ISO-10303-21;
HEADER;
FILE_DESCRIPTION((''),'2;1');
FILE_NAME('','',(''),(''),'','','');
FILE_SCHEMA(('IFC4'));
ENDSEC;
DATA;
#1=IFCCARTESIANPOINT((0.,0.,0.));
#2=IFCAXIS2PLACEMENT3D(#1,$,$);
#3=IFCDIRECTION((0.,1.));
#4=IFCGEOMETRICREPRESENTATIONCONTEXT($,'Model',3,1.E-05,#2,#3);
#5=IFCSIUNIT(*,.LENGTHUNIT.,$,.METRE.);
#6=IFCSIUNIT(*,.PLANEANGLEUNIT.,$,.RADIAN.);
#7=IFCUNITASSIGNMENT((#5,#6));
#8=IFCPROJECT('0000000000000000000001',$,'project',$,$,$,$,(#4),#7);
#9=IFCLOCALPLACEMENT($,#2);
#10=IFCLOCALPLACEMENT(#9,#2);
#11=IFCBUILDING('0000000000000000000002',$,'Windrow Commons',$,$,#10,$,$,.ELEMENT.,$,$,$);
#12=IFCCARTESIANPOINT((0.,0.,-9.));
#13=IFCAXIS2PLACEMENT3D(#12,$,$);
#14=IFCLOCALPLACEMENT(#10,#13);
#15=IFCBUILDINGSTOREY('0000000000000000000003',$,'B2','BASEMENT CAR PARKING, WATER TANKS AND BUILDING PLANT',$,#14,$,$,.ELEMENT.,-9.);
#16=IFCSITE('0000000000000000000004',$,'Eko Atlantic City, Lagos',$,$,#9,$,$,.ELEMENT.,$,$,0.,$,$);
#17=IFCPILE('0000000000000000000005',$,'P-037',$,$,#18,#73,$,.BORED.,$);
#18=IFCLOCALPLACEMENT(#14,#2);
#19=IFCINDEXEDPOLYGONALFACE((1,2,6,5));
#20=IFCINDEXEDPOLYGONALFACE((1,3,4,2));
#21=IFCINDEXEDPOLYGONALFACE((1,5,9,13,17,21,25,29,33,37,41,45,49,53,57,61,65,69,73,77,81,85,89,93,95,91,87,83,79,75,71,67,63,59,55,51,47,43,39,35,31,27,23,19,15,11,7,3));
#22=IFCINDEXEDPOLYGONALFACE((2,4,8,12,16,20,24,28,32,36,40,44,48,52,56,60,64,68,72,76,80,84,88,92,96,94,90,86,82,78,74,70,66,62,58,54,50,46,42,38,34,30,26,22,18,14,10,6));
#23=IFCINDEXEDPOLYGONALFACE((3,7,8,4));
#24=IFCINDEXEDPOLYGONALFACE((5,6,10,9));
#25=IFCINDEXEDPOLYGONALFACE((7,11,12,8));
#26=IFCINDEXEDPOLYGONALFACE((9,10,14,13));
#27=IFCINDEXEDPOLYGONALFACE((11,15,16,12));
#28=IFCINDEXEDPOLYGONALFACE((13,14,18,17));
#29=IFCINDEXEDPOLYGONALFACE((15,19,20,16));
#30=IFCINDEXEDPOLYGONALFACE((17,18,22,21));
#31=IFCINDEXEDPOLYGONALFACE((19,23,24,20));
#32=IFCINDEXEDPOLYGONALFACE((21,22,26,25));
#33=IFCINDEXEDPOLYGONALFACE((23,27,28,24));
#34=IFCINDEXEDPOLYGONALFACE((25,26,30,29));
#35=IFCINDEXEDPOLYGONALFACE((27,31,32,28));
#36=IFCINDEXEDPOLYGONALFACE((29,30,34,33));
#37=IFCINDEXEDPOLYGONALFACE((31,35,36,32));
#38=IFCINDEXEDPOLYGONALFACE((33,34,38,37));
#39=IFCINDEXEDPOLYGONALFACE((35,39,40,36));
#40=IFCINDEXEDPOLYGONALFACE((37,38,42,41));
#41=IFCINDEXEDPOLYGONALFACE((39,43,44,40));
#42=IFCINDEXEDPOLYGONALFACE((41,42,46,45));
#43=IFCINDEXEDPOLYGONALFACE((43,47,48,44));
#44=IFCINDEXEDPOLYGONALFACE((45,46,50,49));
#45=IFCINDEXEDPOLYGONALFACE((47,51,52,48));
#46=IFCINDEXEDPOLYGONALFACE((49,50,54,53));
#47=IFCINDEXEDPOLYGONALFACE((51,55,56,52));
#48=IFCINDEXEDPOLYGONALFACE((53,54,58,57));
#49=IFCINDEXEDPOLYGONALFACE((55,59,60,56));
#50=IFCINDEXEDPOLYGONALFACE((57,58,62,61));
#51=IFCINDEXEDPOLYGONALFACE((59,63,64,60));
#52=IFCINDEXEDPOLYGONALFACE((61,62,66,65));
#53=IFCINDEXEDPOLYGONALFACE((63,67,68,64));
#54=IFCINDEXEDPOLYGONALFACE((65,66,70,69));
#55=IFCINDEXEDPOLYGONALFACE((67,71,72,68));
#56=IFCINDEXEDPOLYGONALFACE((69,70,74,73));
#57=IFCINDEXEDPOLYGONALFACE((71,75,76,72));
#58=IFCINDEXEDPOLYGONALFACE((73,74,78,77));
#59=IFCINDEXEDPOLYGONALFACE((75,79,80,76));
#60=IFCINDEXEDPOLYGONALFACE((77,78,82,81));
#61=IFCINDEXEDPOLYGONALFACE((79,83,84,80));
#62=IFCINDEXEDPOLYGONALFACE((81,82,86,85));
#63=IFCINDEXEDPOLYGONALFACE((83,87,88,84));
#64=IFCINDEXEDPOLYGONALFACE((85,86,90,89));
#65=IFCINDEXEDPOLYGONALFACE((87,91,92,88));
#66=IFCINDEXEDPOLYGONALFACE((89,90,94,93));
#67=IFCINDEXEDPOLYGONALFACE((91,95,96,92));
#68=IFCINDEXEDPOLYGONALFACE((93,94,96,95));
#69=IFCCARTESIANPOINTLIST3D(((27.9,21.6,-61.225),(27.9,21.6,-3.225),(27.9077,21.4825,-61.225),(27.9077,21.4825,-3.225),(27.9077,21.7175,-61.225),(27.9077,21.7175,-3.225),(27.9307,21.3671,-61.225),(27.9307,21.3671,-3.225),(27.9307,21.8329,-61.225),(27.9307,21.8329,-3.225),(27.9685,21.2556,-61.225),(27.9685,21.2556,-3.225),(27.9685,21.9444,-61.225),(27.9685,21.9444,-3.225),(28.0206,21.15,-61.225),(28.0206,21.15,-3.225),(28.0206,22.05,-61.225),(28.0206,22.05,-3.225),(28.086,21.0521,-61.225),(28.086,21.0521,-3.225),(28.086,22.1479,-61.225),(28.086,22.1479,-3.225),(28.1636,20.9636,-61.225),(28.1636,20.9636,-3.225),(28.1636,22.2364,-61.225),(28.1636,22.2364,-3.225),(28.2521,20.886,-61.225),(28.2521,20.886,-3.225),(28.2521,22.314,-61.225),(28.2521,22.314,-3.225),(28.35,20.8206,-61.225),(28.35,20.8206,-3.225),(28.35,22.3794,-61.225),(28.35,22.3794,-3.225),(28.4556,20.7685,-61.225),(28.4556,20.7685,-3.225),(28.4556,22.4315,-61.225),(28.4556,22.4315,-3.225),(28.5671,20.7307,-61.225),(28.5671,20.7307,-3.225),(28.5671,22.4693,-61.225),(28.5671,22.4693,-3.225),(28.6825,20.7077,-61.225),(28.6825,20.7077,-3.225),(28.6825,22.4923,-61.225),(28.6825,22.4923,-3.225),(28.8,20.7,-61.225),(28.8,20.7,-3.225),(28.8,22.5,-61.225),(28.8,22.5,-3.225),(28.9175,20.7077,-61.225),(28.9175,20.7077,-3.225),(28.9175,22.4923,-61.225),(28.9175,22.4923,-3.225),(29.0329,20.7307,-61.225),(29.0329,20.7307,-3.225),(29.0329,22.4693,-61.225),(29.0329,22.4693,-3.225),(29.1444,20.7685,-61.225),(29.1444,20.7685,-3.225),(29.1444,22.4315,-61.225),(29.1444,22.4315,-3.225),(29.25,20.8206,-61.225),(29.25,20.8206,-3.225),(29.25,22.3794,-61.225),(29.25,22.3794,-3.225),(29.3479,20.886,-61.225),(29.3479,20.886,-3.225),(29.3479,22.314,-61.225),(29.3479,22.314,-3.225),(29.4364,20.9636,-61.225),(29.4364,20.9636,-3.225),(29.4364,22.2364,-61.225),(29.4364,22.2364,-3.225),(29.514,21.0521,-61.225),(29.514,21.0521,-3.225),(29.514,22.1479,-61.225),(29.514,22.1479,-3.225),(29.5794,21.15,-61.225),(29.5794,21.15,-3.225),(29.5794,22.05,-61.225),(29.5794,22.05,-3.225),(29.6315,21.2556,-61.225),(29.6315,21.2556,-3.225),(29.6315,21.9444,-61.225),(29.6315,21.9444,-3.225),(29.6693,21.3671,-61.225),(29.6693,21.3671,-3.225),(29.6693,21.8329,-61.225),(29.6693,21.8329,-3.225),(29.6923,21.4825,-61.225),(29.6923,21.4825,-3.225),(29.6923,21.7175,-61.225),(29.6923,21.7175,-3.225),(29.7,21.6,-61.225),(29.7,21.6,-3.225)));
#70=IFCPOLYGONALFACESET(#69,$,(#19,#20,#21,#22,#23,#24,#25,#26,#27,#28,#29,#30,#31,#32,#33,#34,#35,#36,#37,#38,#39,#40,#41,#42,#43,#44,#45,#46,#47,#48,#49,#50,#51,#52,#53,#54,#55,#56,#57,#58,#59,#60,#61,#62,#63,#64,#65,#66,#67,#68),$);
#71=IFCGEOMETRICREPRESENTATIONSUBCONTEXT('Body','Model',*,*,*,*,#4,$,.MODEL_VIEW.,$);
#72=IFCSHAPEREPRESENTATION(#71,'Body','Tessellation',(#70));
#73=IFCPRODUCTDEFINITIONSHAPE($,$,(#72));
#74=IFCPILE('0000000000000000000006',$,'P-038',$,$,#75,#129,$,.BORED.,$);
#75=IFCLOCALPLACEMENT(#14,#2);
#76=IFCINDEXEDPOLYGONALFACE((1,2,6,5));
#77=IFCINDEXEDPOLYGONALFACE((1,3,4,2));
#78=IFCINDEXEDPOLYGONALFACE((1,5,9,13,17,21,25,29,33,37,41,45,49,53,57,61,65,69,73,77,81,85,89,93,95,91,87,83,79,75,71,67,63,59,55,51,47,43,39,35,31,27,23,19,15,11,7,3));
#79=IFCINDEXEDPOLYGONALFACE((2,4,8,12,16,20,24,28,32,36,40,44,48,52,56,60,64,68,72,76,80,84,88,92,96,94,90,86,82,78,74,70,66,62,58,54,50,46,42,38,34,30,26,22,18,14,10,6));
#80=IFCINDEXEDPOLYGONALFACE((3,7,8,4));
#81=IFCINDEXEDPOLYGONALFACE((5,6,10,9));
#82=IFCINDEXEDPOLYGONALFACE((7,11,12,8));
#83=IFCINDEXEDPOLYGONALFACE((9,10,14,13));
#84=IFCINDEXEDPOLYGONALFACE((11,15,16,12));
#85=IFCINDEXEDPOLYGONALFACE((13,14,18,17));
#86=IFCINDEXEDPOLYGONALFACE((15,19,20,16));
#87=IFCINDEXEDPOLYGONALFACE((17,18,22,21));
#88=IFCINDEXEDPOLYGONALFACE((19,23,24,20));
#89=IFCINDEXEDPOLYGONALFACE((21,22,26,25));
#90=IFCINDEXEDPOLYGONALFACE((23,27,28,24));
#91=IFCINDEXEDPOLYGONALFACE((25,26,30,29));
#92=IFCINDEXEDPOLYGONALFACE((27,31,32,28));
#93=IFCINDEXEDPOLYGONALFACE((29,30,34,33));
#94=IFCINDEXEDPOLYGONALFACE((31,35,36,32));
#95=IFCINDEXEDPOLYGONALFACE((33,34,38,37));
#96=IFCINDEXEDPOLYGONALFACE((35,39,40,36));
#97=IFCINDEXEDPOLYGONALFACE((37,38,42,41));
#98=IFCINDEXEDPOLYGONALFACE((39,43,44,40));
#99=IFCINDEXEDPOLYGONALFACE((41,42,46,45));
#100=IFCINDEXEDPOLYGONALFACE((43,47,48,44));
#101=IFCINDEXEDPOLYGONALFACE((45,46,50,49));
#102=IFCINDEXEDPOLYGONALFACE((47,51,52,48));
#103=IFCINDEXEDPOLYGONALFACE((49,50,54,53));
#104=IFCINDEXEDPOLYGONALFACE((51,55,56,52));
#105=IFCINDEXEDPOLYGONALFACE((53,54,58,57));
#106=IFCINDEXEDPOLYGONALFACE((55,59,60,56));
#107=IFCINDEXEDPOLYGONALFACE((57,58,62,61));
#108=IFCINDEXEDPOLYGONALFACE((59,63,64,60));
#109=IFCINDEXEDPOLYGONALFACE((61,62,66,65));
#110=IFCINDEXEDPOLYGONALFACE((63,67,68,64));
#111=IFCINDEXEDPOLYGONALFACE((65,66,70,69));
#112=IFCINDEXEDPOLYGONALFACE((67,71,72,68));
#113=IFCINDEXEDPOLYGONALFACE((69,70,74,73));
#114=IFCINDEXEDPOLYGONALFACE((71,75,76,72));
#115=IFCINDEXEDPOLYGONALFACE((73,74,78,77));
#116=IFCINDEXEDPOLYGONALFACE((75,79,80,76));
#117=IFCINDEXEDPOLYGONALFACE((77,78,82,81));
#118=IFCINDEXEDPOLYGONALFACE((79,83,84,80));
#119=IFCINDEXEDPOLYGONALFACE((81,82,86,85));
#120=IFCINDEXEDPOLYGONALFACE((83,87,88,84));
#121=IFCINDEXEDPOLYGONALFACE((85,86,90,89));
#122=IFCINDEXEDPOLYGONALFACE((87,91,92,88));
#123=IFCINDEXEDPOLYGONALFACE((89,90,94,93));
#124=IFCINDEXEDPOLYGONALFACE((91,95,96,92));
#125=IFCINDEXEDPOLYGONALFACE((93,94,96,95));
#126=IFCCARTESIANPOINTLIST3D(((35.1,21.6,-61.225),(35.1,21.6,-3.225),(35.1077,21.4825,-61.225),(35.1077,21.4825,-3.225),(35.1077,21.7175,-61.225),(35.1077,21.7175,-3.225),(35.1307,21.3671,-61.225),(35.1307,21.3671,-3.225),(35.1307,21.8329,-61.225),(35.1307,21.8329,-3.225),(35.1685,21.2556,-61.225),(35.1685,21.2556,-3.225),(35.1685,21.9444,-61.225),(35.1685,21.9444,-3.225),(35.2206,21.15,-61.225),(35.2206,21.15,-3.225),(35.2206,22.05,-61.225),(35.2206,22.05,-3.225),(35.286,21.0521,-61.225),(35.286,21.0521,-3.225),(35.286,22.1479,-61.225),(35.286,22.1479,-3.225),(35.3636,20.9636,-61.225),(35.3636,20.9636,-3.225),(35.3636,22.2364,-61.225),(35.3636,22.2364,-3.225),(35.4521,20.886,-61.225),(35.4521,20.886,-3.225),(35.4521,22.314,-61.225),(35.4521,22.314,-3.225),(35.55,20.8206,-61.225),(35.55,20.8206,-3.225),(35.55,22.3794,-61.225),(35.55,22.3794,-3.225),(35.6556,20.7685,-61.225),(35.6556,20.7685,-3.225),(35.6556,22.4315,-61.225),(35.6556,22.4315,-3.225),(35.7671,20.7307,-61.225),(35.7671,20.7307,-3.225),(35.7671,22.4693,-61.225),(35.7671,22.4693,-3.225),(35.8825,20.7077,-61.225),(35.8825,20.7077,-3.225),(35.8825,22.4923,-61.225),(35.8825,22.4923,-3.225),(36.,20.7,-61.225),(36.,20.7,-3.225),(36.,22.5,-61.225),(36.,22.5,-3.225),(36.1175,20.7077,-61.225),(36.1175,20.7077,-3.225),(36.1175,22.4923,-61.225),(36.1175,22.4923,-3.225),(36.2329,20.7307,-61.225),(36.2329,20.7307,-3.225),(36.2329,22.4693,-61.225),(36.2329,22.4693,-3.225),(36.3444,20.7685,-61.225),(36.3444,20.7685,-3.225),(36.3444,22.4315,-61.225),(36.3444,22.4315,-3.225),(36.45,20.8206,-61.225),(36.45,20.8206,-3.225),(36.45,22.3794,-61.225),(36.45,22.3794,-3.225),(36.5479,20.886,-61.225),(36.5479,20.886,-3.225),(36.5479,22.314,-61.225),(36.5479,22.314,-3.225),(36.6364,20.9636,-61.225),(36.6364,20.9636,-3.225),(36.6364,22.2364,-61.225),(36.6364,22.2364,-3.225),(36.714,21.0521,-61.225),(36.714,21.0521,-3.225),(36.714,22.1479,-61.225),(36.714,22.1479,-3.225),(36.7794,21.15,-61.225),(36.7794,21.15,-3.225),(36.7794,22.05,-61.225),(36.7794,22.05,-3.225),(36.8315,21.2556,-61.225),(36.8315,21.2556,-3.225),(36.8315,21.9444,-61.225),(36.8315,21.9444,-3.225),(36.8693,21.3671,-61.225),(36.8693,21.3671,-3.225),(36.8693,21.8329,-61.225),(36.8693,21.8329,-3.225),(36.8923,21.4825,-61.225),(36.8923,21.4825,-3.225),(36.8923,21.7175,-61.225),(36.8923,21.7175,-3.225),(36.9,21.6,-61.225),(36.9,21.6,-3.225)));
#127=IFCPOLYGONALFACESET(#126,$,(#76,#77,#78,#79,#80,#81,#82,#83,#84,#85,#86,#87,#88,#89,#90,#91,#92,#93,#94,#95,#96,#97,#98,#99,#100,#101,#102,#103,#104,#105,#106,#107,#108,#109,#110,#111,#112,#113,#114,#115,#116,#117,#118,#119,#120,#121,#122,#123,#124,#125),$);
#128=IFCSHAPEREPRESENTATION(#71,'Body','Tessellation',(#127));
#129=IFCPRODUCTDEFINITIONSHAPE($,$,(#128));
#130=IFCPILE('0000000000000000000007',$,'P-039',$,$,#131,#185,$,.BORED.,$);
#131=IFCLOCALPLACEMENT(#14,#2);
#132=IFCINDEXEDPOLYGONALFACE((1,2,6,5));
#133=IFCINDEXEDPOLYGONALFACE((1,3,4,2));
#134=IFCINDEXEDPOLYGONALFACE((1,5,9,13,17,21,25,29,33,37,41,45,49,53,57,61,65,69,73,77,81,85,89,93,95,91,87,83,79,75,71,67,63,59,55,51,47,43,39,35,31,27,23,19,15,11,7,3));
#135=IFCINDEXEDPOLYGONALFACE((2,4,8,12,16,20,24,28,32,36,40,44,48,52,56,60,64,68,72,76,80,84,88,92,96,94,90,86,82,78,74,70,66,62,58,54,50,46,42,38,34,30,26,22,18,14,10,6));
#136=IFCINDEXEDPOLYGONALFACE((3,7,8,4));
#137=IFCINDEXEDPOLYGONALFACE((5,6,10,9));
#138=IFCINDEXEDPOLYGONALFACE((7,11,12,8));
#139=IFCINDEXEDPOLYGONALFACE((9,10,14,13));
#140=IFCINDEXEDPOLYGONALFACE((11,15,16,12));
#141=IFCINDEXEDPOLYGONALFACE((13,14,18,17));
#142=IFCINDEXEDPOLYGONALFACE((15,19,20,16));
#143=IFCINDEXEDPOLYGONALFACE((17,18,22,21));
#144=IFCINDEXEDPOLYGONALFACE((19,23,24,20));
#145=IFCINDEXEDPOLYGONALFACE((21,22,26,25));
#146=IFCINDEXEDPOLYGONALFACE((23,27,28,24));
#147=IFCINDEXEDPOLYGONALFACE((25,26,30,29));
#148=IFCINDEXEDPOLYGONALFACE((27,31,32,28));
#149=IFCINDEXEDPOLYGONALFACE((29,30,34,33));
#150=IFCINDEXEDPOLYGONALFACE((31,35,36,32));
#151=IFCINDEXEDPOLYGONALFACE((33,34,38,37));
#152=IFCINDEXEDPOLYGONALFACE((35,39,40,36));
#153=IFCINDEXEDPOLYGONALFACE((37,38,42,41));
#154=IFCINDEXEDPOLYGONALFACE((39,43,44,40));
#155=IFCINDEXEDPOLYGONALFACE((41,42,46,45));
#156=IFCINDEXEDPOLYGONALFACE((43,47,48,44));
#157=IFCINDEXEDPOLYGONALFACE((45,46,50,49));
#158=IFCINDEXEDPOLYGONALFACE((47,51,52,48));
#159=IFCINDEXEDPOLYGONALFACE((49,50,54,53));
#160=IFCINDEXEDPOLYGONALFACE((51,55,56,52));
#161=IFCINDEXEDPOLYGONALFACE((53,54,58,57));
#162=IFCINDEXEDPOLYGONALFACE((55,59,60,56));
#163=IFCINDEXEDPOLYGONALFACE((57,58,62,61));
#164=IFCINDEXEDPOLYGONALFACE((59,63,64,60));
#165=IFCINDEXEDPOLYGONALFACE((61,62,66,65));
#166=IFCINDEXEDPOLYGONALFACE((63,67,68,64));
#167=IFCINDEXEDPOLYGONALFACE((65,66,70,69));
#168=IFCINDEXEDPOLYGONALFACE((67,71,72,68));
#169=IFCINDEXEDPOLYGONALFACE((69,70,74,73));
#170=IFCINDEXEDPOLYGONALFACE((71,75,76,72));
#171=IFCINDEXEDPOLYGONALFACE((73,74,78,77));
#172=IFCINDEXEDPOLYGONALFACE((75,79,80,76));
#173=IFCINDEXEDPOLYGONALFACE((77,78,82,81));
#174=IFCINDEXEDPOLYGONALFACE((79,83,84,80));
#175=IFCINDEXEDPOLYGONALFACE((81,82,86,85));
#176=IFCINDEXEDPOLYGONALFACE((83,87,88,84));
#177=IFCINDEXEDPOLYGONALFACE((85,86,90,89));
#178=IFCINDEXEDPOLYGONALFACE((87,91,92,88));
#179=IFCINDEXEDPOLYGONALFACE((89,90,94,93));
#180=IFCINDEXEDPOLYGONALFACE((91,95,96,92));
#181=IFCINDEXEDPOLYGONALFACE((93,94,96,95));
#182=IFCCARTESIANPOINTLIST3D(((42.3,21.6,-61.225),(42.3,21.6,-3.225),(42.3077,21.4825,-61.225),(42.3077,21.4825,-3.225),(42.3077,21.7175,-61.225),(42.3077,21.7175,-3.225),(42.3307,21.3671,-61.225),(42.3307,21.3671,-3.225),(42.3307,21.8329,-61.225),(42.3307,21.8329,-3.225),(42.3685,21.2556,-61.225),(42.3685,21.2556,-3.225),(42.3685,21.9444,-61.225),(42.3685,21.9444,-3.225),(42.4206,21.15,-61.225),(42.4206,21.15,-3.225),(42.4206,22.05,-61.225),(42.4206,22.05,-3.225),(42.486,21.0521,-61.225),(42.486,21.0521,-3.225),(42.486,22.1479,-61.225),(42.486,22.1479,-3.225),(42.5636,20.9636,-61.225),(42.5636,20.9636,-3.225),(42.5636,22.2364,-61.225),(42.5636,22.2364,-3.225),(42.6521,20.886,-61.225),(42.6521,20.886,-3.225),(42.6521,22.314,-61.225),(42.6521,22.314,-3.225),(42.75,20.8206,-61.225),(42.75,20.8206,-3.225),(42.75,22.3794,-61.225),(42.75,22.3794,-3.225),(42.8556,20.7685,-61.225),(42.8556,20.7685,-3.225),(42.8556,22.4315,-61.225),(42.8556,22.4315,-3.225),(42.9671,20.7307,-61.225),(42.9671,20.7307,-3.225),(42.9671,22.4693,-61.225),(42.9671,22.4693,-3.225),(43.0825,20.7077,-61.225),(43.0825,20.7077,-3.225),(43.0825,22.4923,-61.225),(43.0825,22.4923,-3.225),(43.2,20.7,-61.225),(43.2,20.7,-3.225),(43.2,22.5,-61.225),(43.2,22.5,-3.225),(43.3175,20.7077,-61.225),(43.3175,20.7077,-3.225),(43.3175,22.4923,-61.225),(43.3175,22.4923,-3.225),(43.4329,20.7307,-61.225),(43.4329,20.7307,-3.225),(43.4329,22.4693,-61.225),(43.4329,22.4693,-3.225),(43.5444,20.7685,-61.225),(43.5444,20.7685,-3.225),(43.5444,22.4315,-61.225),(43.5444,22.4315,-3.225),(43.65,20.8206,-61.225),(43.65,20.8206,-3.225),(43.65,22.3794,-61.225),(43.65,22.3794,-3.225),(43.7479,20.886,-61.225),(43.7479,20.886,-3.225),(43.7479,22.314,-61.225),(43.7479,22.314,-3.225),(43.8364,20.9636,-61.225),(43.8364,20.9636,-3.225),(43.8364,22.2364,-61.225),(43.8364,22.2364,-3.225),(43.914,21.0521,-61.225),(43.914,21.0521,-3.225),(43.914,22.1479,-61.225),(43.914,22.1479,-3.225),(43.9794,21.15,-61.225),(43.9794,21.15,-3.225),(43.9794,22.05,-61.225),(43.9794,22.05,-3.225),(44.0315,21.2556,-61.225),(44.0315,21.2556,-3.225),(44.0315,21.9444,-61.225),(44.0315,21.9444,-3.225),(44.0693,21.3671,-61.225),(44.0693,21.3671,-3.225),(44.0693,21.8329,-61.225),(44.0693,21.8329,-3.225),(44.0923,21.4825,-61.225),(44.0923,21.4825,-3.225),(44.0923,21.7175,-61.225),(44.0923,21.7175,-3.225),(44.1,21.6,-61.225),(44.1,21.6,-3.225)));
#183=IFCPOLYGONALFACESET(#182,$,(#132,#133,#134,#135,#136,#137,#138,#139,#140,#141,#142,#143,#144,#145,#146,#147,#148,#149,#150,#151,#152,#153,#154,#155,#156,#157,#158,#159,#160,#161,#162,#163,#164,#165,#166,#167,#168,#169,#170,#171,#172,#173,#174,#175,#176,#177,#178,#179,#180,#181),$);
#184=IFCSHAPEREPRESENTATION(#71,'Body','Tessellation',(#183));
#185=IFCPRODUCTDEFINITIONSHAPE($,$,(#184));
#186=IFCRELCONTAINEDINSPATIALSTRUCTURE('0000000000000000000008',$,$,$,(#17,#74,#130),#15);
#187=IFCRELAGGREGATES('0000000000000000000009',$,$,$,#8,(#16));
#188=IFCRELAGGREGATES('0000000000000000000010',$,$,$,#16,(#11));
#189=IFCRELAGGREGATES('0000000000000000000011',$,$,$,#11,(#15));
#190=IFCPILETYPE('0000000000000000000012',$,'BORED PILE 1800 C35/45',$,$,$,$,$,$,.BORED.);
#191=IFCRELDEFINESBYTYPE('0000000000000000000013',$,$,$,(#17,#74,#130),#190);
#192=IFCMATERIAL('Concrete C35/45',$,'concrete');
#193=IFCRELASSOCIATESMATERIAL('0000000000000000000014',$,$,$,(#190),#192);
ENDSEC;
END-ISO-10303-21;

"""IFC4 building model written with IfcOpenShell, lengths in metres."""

from ifc_helpers import new_model, si_unit, direction, frame, origin, origin_2d, place, context, subcontext, project, spatial, circle, extrude, material, material_profile, profile_set, type_object, element, save


model = new_model("IFC4")

# Units and contexts
model_context = context("Model", 3, precision=1e-05, world=origin(), true_north=direction((0.0, 1.0)))
body_context = subcontext(model_context, "Body", "Model", "MODEL_VIEW")
ifc_project = project(units=[si_unit("LENGTHUNIT", "METRE"), si_unit("PLANEANGLEUNIT", "RADIAN")], contexts=[model_context])

# Site, building, storey
site_placement = place(None, origin())
site = spatial("IfcSite", under=ifc_project, at=site_placement, Name="Eko Atlantic City, Lagos", CompositionType="ELEMENT", RefElevation=0.0)
building_placement = place(site_placement, origin())
building = spatial("IfcBuilding", under=site, at=building_placement, Name="Windrow Commons", CompositionType="ELEMENT")
storey_placement = place(building_placement, frame((0.0, 0.0, -9.0)))
storey = spatial("IfcBuildingStorey", under=building, at=storey_placement, Name="B2", Description="BASEMENT CAR PARKING, WATER TANKS AND BUILDING PLANT", CompositionType="ELEMENT", Elevation=-9.0)

# Piles
ifc_material_1 = material(Name="Concrete C35/45", Category="concrete")
ifc_material_profile_1 = material_profile(ifc_material_1, circle(Radius=0.9, at=origin_2d()))
ifc_profile_set_1 = profile_set([ifc_material_profile_1], Name="Concrete C35/45")
pile_type = type_object("IfcPileType", Name="BORED PILE 1800 C35/45", PredefinedType="BORED", material=ifc_profile_set_1)
for number, where, z_axis, x_axis, name in (
    (1, (28.8, 21.6, -3.225), (0.0, 0.0, -1.0), (1.0, 0.0, 0.0), "P-037"),
    (2, (36.0, 21.6, -3.225), (0.0, 0.0, -1.0), (1.0, 0.0, 0.0), "P-038"),
    (3, (43.2, 21.6, -3.225), (0.0, 0.0, -1.0), (1.0, 0.0, 0.0), "P-039"),
):
    element("IfcPile", number, at=place(storey_placement, frame(where, z_axis=z_axis, x_axis=x_axis)), inside=storey, type_object=pile_type, Name=name, PredefinedType="BORED", context=body_context, shape_type="SweptSolid", body=[
        extrude(circle(Radius=0.9, at=origin_2d()), origin(), (0.0, 0.0, 1.0), 58.0),
    ])

save(model, "model.ifc")
